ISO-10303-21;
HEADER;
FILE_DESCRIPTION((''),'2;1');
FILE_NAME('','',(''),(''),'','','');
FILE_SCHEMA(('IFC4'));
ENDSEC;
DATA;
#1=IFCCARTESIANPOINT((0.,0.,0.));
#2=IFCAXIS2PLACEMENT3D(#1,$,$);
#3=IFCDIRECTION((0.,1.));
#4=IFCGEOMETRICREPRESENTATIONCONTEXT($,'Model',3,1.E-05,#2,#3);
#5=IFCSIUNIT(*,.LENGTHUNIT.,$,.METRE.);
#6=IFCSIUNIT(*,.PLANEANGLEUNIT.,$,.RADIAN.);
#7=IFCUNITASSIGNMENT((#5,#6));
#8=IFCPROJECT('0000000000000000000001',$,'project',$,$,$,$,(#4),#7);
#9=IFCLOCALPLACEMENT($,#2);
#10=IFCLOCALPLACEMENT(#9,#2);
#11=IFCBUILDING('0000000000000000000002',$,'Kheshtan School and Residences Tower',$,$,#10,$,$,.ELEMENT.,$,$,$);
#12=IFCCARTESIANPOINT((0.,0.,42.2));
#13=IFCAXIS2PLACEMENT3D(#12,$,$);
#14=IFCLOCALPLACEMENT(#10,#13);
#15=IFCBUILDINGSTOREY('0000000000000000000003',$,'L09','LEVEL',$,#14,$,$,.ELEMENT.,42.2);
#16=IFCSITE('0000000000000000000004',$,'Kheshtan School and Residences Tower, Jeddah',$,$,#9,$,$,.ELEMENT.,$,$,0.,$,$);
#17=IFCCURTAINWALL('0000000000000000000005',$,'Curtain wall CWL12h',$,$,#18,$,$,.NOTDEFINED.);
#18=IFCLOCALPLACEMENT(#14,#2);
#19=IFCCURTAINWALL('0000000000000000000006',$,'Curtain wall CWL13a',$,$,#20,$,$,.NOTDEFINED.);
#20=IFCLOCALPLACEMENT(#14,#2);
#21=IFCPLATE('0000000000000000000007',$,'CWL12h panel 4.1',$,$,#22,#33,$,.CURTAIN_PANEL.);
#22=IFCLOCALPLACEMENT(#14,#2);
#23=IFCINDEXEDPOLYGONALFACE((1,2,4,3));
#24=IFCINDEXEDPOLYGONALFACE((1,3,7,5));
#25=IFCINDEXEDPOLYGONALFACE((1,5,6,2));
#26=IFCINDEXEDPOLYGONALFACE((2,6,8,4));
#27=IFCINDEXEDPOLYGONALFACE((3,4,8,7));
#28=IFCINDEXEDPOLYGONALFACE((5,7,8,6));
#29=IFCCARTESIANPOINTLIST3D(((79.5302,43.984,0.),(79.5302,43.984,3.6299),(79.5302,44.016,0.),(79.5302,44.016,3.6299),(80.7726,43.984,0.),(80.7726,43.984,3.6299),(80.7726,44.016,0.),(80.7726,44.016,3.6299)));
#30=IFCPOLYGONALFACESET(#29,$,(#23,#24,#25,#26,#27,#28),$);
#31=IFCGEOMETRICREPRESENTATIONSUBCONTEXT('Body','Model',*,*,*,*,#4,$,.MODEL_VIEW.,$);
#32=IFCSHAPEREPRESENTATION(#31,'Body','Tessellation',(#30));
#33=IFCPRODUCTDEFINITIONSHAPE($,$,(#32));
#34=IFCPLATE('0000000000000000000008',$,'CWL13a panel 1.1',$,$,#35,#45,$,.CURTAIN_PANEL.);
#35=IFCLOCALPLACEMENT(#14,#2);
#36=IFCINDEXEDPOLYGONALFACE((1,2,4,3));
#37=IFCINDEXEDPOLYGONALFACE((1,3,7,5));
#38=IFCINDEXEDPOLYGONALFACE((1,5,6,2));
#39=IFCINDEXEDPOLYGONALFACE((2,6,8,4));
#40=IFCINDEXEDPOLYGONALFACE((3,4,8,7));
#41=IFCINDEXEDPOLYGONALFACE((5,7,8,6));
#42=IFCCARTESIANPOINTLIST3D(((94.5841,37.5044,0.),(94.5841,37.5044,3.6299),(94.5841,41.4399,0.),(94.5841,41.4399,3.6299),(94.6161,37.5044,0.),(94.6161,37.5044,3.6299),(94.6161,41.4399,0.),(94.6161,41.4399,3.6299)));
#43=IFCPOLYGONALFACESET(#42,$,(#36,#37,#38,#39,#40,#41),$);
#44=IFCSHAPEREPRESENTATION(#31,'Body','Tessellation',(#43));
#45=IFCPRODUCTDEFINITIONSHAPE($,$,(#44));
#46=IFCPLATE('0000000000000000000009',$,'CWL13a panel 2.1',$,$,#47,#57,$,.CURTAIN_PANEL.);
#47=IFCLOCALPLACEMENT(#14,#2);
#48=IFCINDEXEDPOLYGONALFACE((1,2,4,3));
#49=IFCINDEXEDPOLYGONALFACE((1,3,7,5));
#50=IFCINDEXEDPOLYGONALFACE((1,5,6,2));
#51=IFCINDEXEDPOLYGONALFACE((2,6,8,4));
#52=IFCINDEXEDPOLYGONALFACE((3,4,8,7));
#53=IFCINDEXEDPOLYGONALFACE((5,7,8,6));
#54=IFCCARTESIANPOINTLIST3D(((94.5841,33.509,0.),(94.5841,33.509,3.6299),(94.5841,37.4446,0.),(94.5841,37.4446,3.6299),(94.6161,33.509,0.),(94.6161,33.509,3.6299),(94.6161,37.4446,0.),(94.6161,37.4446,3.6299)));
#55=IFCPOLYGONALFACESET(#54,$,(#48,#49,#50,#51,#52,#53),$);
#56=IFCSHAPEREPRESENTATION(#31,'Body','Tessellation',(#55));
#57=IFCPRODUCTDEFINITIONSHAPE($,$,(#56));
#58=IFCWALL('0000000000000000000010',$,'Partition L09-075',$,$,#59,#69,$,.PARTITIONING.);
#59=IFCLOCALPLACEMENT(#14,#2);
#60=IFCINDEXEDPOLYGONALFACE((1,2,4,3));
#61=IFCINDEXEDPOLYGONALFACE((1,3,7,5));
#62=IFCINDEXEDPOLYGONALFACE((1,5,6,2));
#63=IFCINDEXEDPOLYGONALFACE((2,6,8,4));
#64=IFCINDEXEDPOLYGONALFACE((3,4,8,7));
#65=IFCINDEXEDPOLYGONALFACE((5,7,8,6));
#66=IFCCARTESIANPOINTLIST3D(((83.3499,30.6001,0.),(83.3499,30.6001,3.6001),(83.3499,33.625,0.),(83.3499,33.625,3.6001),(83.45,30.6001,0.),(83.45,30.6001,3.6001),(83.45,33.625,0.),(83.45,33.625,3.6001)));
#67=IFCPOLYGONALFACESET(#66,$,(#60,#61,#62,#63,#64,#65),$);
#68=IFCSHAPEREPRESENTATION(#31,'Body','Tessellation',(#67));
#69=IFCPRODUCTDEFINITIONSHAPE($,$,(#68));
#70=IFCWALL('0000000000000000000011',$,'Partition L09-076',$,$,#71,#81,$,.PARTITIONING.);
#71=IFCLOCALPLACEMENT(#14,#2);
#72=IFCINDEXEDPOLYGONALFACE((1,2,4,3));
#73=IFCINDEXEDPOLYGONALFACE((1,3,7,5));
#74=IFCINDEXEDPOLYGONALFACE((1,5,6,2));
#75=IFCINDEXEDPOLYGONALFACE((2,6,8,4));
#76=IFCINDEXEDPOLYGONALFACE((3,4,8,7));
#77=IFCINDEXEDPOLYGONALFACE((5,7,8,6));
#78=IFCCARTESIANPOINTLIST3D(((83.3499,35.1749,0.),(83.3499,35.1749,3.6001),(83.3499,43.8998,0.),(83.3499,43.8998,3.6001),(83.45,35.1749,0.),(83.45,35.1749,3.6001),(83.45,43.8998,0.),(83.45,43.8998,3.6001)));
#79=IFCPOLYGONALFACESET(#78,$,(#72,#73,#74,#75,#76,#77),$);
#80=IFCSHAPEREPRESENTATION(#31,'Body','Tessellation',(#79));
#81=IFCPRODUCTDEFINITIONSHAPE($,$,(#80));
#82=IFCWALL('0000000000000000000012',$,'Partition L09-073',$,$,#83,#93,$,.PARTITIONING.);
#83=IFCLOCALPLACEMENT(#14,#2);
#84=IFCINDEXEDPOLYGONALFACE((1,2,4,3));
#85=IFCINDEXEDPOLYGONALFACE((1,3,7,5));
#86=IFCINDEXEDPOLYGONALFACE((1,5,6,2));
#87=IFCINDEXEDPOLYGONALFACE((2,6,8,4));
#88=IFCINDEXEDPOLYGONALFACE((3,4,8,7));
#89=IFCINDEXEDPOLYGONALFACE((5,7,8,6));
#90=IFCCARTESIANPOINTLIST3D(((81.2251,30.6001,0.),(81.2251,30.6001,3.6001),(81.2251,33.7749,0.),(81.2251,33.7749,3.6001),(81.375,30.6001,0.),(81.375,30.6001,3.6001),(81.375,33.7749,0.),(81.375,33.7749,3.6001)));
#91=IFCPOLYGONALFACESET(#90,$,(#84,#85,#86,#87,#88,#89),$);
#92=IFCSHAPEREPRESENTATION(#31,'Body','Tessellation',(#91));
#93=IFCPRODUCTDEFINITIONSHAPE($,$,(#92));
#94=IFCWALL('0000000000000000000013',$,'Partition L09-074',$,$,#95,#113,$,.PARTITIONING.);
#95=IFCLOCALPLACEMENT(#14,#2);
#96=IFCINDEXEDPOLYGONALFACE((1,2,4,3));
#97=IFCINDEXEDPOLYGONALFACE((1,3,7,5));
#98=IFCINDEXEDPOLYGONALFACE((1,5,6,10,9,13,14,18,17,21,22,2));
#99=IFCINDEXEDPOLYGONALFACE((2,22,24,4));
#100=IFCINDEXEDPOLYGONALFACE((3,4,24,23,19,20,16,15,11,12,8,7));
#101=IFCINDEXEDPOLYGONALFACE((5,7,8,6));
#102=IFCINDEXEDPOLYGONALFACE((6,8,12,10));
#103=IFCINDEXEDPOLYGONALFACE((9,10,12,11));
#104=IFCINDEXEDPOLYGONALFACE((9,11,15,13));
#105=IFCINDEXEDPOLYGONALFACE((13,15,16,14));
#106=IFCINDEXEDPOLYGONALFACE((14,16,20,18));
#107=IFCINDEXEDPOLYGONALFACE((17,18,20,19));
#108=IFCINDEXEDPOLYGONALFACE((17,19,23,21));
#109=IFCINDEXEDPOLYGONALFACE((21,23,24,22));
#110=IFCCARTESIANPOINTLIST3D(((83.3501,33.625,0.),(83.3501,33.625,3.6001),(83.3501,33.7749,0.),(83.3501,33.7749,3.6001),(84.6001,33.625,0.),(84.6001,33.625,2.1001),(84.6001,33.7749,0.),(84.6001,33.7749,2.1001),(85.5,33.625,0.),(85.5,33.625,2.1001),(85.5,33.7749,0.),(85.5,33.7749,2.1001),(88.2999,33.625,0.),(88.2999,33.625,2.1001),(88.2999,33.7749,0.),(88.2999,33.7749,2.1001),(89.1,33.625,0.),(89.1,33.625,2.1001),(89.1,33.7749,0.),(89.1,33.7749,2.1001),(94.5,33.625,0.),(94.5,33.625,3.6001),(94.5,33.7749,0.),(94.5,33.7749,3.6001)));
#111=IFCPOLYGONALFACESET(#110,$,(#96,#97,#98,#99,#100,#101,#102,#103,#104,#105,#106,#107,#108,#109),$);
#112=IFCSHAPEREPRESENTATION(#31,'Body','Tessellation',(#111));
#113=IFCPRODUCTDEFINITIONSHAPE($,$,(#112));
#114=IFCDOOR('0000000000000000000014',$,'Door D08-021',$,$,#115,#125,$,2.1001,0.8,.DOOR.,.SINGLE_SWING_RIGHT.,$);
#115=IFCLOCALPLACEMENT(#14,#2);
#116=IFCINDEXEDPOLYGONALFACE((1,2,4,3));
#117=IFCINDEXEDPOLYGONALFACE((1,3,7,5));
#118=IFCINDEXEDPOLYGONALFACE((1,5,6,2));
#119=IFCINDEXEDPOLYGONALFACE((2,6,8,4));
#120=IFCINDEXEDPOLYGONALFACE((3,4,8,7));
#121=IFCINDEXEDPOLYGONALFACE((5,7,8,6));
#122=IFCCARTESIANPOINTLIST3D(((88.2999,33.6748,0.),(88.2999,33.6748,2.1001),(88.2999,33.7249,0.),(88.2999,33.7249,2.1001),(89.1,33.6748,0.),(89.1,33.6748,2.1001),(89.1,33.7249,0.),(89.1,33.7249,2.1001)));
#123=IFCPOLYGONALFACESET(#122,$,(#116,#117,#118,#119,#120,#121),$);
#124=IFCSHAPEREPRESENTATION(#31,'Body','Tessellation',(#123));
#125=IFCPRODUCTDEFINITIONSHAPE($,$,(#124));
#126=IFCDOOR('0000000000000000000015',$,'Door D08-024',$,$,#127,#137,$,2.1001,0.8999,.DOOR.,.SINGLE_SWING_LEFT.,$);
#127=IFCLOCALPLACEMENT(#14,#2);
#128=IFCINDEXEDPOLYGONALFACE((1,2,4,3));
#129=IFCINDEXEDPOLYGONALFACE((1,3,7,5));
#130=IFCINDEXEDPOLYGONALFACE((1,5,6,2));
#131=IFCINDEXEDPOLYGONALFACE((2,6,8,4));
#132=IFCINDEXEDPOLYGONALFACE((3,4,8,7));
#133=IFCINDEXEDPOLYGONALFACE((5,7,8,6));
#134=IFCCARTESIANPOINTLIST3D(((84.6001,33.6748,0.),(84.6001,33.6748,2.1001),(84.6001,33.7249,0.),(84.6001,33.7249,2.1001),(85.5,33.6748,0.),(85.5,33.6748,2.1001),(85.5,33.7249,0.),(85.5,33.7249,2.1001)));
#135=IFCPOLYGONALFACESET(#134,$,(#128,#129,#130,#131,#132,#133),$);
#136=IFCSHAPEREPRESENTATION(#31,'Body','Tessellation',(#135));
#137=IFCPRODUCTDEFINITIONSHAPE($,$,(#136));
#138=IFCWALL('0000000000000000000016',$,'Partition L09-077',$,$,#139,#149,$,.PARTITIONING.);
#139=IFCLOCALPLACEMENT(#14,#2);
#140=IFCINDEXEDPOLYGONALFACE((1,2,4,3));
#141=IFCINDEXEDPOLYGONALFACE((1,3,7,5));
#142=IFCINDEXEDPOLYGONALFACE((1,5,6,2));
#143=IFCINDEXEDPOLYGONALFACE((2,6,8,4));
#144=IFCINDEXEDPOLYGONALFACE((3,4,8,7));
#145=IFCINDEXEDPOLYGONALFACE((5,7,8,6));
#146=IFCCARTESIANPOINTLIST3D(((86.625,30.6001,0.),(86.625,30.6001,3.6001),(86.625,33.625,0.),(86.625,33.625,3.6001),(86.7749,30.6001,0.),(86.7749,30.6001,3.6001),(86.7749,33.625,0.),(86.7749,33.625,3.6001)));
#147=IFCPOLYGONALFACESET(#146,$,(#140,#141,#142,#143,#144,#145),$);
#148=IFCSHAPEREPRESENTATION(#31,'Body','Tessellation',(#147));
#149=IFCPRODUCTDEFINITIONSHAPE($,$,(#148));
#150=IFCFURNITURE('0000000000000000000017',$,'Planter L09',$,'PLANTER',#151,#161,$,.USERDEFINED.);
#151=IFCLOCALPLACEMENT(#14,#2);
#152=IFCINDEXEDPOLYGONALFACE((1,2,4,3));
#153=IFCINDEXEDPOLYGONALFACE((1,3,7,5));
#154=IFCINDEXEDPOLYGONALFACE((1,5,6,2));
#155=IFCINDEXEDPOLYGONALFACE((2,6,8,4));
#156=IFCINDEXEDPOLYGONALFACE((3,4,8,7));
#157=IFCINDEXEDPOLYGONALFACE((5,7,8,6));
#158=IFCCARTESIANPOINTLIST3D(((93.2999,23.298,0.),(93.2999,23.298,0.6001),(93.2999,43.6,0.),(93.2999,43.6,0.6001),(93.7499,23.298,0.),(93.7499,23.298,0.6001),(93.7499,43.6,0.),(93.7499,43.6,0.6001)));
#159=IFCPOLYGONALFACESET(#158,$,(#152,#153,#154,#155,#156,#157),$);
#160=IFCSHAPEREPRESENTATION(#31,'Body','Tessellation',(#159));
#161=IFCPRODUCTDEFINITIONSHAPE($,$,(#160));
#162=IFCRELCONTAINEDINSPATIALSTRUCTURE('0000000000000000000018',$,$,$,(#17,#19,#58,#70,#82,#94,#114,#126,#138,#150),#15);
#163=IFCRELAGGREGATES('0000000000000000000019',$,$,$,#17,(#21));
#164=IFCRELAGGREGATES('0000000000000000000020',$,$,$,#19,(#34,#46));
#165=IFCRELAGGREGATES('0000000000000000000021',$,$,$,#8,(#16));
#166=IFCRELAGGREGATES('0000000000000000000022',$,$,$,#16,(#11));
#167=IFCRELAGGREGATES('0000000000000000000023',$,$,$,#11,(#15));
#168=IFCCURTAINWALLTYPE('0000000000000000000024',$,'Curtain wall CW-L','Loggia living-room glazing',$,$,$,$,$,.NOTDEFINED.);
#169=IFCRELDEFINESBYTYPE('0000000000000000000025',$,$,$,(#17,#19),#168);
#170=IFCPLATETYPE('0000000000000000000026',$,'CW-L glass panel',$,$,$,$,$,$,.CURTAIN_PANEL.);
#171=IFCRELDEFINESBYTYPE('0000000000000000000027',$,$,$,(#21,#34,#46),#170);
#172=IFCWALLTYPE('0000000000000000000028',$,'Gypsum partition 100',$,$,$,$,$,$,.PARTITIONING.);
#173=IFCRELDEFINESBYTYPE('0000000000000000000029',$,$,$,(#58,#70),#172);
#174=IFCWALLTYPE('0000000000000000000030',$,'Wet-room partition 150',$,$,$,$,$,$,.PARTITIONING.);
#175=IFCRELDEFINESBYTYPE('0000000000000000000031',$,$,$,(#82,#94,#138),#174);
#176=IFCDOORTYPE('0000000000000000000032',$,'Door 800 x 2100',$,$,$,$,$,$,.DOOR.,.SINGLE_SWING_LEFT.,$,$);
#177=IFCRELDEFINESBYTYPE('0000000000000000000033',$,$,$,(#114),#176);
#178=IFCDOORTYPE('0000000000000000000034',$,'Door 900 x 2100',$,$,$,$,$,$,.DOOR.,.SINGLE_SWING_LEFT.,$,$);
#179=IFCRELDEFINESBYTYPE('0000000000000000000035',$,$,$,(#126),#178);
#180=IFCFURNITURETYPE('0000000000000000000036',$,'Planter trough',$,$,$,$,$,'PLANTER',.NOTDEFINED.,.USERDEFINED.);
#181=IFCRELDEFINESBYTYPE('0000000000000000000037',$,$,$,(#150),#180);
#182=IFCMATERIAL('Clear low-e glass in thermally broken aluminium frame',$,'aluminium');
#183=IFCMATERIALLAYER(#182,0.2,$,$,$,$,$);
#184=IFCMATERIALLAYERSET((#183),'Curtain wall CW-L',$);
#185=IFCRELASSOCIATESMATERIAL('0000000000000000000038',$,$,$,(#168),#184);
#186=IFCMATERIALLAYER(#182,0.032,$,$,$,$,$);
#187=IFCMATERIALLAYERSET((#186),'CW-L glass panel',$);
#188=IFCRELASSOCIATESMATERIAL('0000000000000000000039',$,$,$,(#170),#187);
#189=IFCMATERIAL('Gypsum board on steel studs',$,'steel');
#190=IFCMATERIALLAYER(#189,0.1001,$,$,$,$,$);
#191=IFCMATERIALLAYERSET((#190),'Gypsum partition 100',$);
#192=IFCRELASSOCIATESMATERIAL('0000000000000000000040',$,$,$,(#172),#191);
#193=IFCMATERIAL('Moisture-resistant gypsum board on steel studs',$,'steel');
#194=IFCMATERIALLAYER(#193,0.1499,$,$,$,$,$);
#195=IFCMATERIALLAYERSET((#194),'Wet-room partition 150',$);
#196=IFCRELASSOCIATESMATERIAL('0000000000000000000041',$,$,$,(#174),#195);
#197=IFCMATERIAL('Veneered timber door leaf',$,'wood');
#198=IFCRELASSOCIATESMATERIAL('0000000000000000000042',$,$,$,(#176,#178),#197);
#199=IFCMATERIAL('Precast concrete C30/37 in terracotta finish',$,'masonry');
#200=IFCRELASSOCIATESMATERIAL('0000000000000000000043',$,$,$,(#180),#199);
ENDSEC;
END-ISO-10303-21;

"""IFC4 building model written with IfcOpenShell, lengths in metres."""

from ifc_helpers import new_model, si_unit, direction, frame, frame_2d, origin, origin_2d, place, context, subcontext, project, spatial, rectangle, extrude, source, transform, mapped, material, layer, layer_set, type_object, element, fill, aggregate, save


model = new_model("IFC4")

# Units and contexts
model_context = context("Model", 3, precision=1e-05, world=origin(), true_north=direction((0.0, 1.0)))
body_context = subcontext(model_context, "Body", "Model", "MODEL_VIEW")
ifc_project = project(units=[si_unit("LENGTHUNIT", "METRE"), si_unit("PLANEANGLEUNIT", "RADIAN")], contexts=[model_context])

# Site, building, storey
site_placement = place(None, origin())
site = spatial("IfcSite", under=ifc_project, at=site_placement, Name="Kheshtan School and Residences Tower, Jeddah", CompositionType="ELEMENT", RefElevation=0.0)
building_placement = place(site_placement, origin())
building = spatial("IfcBuilding", under=site, at=building_placement, Name="Kheshtan School and Residences Tower", CompositionType="ELEMENT")
storey_placement = place(building_placement, frame((0.0, 0.0, 42.2)))
storey = spatial("IfcBuildingStorey", under=building, at=storey_placement, Name="L09", Description="LEVEL", CompositionType="ELEMENT", Elevation=42.2)

# Curtain wall
ifc_material_1 = material(Name="Clear low-e glass in thermally broken aluminium frame", Category="aluminium")
ifc_layer_1 = layer(ifc_material_1, 0.2)
ifc_layer_set_1 = layer_set([ifc_layer_1], Name="Curtain wall CW-L")
curtain_wall_type = type_object("IfcCurtainWallType", Name="Curtain wall CW-L", Description="Loggia living-room glazing", PredefinedType="NOTDEFINED", material=ifc_layer_set_1)
curtain_wall_1_placement = place(storey_placement, origin())
curtain_wall_1 = element("IfcCurtainWall", 1, at=curtain_wall_1_placement, inside=storey, type_object=curtain_wall_type, Name="Curtain wall CWL12h", PredefinedType="NOTDEFINED")

# Curtain wall
curtain_wall_2_placement = place(storey_placement, origin())
curtain_wall_2 = element("IfcCurtainWall", 2, at=curtain_wall_2_placement, inside=storey, type_object=curtain_wall_type, Name="Curtain wall CWL13a", PredefinedType="NOTDEFINED")

# Plates
ifc_layer_2 = layer(ifc_material_1, 0.032)
ifc_layer_set_2 = layer_set([ifc_layer_2], Name="CW-L glass panel")
plate_type = type_object("IfcPlateType", Name="CW-L glass panel", PredefinedType="CURTAIN_PANEL", material=ifc_layer_set_2)
plate_1_placement = place(storey_placement, frame((80.1514, 44.0, 0.0), z_axis=(0.0, 0.0, 1.0), x_axis=(1.0, 0.0, 0.0)))
plate_1 = element("IfcPlate", 3, at=plate_1_placement, type_object=plate_type, Name="CWL12h panel 4.1", PredefinedType="CURTAIN_PANEL", context=body_context, shape_type="SweptSolid", body=[
    extrude(rectangle(XDim=1.2424, YDim=0.032, at=origin_2d()), origin(), (0.0, 0.0, 1.0), 3.6299),
])
aggregate(curtain_wall_1, [plate_1])
plate_2_placement = place(storey_placement, frame((94.6001, 39.4722, 0.0), z_axis=(0.0, 0.0, 1.0), x_axis=(0.0, -1.0, 0.0)))
plate_2 = element("IfcPlate", 4, at=plate_2_placement, type_object=plate_type, Name="CWL13a panel 1.1", PredefinedType="CURTAIN_PANEL", context=body_context, shape_type="SweptSolid", body=[
    extrude(rectangle(XDim=3.9355, YDim=0.032, at=origin_2d()), origin(), (0.0, 0.0, 1.0), 3.6299),
])
plate_3_placement = place(storey_placement, frame((94.6001, 35.4768, 0.0), z_axis=(0.0, 0.0, 1.0), x_axis=(0.0, -1.0, 0.0)))
plate_3 = element("IfcPlate", 5, at=plate_3_placement, type_object=plate_type, Name="CWL13a panel 2.1", PredefinedType="CURTAIN_PANEL", context=body_context, shape_type="SweptSolid", body=[
    extrude(rectangle(XDim=3.9355, YDim=0.032, at=origin_2d()), origin(), (0.0, 0.0, 1.0), 3.6299),
])
aggregate(curtain_wall_2, [plate_2, plate_3])

# Walls
ifc_material_2 = material(Name="Gypsum board on steel studs", Category="steel")
ifc_layer_3 = layer(ifc_material_2, 0.1001)
ifc_layer_set_3 = layer_set([ifc_layer_3], Name="Gypsum partition 100")
wall_type_1 = type_object("IfcWallType", Name="Gypsum partition 100", PredefinedType="PARTITIONING", material=ifc_layer_set_3)
wall_1_placement = place(storey_placement, frame((83.3999, 30.6001, 0.0), z_axis=(0.0, 0.0, 1.0), x_axis=(0.0, 1.0, 0.0)))
element("IfcWall", 6, at=wall_1_placement, inside=storey, type_object=wall_type_1, Name="Partition L09-075", PredefinedType="PARTITIONING", context=body_context, shape_type="SweptSolid", body=[
    extrude(rectangle(XDim=3.0249, YDim=0.1001, at=frame_2d((1.5125, 0.0))), origin(), (0.0, 0.0, 1.0), 3.6001),
])
wall_2_placement = place(storey_placement, frame((83.3999, 35.175, 0.0), z_axis=(0.0, 0.0, 1.0), x_axis=(0.0, 1.0, 0.0)))
element("IfcWall", 7, at=wall_2_placement, inside=storey, type_object=wall_type_1, Name="Partition L09-076", PredefinedType="PARTITIONING", context=body_context, shape_type="SweptSolid", body=[
    extrude(rectangle(XDim=8.7249, YDim=0.1001, at=frame_2d((4.3623, 0.0))), origin(), (0.0, 0.0, 1.0), 3.6001),
])
ifc_material_3 = material(Name="Moisture-resistant gypsum board on steel studs", Category="steel")
ifc_layer_4 = layer(ifc_material_3, 0.1499)
ifc_layer_set_4 = layer_set([ifc_layer_4], Name="Wet-room partition 150")
wall_type_2 = type_object("IfcWallType", Name="Wet-room partition 150", PredefinedType="PARTITIONING", material=ifc_layer_set_4)
wall_3_placement = place(storey_placement, frame((81.3, 30.6001, 0.0), z_axis=(0.0, 0.0, 1.0), x_axis=(0.0, 1.0, 0.0)))
element("IfcWall", 8, at=wall_3_placement, inside=storey, type_object=wall_type_2, Name="Partition L09-073", PredefinedType="PARTITIONING", context=body_context, shape_type="SweptSolid", body=[
    extrude(rectangle(XDim=3.1748, YDim=0.1499, at=frame_2d((1.5874, 0.0))), origin(), (0.0, 0.0, 1.0), 3.6001),
])

# Wall, openings, doors
wall_4_placement = place(storey_placement, frame((83.3501, 33.7, 0.0), z_axis=(0.0, 0.0, 1.0), x_axis=(1.0, 0.0, 0.0)))
wall_4 = element("IfcWall", 9, at=wall_4_placement, inside=storey, type_object=wall_type_2, Name="Partition L09-074", PredefinedType="PARTITIONING", context=body_context, shape_type="SweptSolid", body=[
    extrude(rectangle(XDim=11.1499, YDim=0.1499, at=frame_2d((5.575, 0.0))), origin(), (0.0, 0.0, 1.0), 3.6001),
])
opening_1_placement = place(wall_4_placement, frame((4.95, 0.0, 0.0)))
opening_1 = element("IfcOpeningElement", 10, at=opening_1_placement, cuts=wall_4, PredefinedType="OPENING", context=body_context, shape_type="SweptSolid", body=[
    extrude(rectangle(XDim=0.8, YDim=2.1001, at=frame_2d((0.3999, 1.05))), frame((0.0, 0.085, 0.0), z_axis=(0.0, -1.0, 0.0), x_axis=(1.0, 0.0, 0.0)), (0.0, 0.0, 1.0), 0.1699),
])
opening_2_placement = place(wall_4_placement, frame((1.25, 0.0, 0.0)))
opening_2 = element("IfcOpeningElement", 11, at=opening_2_placement, cuts=wall_4, PredefinedType="OPENING", context=body_context, shape_type="SweptSolid", body=[
    extrude(rectangle(XDim=0.8999, YDim=2.1001, at=frame_2d((0.45, 1.05))), frame((0.0, 0.085, 0.0), z_axis=(0.0, -1.0, 0.0), x_axis=(1.0, 0.0, 0.0)), (0.0, 0.0, 1.0), 0.1699),
])
ifc_material_4 = material(Name="Veneered timber door leaf", Category="wood")
door_type_1 = type_object("IfcDoorType", Name="Door 800 x 2100", OperationType="SINGLE_SWING_LEFT", PredefinedType="DOOR", material=ifc_material_4)
shared_shape_1 = source(origin(), body_context, "Body", "SweptSolid", [
    extrude(rectangle(XDim=0.8, YDim=2.1001, at=frame_2d((0.3999, 1.05))), frame((0.0, 0.0249, 0.0), z_axis=(0.0, -1.0, 0.0), x_axis=(1.0, 0.0, 0.0)), (0.0, 0.0, 1.0), 0.05),
])
door_1_placement = place(opening_1_placement, origin())
door_1 = element("IfcDoor", 12, at=door_1_placement, inside=storey, type_object=door_type_1, Name="Door D08-021", OperationType="SINGLE_SWING_RIGHT", OverallHeight=2.1001, OverallWidth=0.8, PredefinedType="DOOR", context=body_context, shape_type="MappedRepresentation", body=[
    mapped(shared_shape_1, transform((0.0, 0.0, 0.0), x_axis=(1.0, 0.0, 0.0), y_axis=(0.0, 1.0, 0.0), z_axis=(0.0, 0.0, 1.0), scale=1.0)),
])
fill(opening_1, door_1)
door_type_2 = type_object("IfcDoorType", Name="Door 900 x 2100", OperationType="SINGLE_SWING_LEFT", PredefinedType="DOOR", material=ifc_material_4)
shared_shape_2 = source(origin(), body_context, "Body", "SweptSolid", [
    extrude(rectangle(XDim=0.8999, YDim=2.1001, at=frame_2d((0.45, 1.05))), frame((0.0, 0.0249, 0.0), z_axis=(0.0, -1.0, 0.0), x_axis=(1.0, 0.0, 0.0)), (0.0, 0.0, 1.0), 0.05),
])
door_2_placement = place(opening_2_placement, origin())
door_2 = element("IfcDoor", 13, at=door_2_placement, inside=storey, type_object=door_type_2, Name="Door D08-024", OperationType="SINGLE_SWING_LEFT", OverallHeight=2.1001, OverallWidth=0.8999, PredefinedType="DOOR", context=body_context, shape_type="MappedRepresentation", body=[
    mapped(shared_shape_2, transform((0.0, 0.0, 0.0), x_axis=(1.0, 0.0, 0.0), y_axis=(0.0, 1.0, 0.0), z_axis=(0.0, 0.0, 1.0), scale=1.0)),
])
fill(opening_2, door_2)

# Wall
wall_5_placement = place(storey_placement, frame((86.7, 30.6001, 0.0), z_axis=(0.0, 0.0, 1.0), x_axis=(0.0, 1.0, 0.0)))
element("IfcWall", 14, at=wall_5_placement, inside=storey, type_object=wall_type_2, Name="Partition L09-077", PredefinedType="PARTITIONING", context=body_context, shape_type="SweptSolid", body=[
    extrude(rectangle(XDim=3.0249, YDim=0.1499, at=frame_2d((1.5125, 0.0))), origin(), (0.0, 0.0, 1.0), 3.6001),
])

# Furniture
ifc_material_5 = material(Name="Precast concrete C30/37 in terracotta finish", Category="masonry")
furniture_type = type_object("IfcFurnitureType", Name="Planter trough", ElementType="PLANTER", AssemblyPlace="NOTDEFINED", PredefinedType="USERDEFINED", material=ifc_material_5)
furniture_placement = place(storey_placement, frame((93.5249, 33.449, 0.0), z_axis=(0.0, 0.0, 1.0), x_axis=(0.0, -1.0, 0.0)))
element("IfcFurniture", 15, at=furniture_placement, inside=storey, type_object=furniture_type, Name="Planter L09", ObjectType="PLANTER", PredefinedType="USERDEFINED", context=body_context, shape_type="SweptSolid", body=[
    extrude(rectangle(XDim=20.302, YDim=0.45, at=origin_2d()), origin(), (0.0, 0.0, 1.0), 0.6001),
])

save(model, "model.ifc")
